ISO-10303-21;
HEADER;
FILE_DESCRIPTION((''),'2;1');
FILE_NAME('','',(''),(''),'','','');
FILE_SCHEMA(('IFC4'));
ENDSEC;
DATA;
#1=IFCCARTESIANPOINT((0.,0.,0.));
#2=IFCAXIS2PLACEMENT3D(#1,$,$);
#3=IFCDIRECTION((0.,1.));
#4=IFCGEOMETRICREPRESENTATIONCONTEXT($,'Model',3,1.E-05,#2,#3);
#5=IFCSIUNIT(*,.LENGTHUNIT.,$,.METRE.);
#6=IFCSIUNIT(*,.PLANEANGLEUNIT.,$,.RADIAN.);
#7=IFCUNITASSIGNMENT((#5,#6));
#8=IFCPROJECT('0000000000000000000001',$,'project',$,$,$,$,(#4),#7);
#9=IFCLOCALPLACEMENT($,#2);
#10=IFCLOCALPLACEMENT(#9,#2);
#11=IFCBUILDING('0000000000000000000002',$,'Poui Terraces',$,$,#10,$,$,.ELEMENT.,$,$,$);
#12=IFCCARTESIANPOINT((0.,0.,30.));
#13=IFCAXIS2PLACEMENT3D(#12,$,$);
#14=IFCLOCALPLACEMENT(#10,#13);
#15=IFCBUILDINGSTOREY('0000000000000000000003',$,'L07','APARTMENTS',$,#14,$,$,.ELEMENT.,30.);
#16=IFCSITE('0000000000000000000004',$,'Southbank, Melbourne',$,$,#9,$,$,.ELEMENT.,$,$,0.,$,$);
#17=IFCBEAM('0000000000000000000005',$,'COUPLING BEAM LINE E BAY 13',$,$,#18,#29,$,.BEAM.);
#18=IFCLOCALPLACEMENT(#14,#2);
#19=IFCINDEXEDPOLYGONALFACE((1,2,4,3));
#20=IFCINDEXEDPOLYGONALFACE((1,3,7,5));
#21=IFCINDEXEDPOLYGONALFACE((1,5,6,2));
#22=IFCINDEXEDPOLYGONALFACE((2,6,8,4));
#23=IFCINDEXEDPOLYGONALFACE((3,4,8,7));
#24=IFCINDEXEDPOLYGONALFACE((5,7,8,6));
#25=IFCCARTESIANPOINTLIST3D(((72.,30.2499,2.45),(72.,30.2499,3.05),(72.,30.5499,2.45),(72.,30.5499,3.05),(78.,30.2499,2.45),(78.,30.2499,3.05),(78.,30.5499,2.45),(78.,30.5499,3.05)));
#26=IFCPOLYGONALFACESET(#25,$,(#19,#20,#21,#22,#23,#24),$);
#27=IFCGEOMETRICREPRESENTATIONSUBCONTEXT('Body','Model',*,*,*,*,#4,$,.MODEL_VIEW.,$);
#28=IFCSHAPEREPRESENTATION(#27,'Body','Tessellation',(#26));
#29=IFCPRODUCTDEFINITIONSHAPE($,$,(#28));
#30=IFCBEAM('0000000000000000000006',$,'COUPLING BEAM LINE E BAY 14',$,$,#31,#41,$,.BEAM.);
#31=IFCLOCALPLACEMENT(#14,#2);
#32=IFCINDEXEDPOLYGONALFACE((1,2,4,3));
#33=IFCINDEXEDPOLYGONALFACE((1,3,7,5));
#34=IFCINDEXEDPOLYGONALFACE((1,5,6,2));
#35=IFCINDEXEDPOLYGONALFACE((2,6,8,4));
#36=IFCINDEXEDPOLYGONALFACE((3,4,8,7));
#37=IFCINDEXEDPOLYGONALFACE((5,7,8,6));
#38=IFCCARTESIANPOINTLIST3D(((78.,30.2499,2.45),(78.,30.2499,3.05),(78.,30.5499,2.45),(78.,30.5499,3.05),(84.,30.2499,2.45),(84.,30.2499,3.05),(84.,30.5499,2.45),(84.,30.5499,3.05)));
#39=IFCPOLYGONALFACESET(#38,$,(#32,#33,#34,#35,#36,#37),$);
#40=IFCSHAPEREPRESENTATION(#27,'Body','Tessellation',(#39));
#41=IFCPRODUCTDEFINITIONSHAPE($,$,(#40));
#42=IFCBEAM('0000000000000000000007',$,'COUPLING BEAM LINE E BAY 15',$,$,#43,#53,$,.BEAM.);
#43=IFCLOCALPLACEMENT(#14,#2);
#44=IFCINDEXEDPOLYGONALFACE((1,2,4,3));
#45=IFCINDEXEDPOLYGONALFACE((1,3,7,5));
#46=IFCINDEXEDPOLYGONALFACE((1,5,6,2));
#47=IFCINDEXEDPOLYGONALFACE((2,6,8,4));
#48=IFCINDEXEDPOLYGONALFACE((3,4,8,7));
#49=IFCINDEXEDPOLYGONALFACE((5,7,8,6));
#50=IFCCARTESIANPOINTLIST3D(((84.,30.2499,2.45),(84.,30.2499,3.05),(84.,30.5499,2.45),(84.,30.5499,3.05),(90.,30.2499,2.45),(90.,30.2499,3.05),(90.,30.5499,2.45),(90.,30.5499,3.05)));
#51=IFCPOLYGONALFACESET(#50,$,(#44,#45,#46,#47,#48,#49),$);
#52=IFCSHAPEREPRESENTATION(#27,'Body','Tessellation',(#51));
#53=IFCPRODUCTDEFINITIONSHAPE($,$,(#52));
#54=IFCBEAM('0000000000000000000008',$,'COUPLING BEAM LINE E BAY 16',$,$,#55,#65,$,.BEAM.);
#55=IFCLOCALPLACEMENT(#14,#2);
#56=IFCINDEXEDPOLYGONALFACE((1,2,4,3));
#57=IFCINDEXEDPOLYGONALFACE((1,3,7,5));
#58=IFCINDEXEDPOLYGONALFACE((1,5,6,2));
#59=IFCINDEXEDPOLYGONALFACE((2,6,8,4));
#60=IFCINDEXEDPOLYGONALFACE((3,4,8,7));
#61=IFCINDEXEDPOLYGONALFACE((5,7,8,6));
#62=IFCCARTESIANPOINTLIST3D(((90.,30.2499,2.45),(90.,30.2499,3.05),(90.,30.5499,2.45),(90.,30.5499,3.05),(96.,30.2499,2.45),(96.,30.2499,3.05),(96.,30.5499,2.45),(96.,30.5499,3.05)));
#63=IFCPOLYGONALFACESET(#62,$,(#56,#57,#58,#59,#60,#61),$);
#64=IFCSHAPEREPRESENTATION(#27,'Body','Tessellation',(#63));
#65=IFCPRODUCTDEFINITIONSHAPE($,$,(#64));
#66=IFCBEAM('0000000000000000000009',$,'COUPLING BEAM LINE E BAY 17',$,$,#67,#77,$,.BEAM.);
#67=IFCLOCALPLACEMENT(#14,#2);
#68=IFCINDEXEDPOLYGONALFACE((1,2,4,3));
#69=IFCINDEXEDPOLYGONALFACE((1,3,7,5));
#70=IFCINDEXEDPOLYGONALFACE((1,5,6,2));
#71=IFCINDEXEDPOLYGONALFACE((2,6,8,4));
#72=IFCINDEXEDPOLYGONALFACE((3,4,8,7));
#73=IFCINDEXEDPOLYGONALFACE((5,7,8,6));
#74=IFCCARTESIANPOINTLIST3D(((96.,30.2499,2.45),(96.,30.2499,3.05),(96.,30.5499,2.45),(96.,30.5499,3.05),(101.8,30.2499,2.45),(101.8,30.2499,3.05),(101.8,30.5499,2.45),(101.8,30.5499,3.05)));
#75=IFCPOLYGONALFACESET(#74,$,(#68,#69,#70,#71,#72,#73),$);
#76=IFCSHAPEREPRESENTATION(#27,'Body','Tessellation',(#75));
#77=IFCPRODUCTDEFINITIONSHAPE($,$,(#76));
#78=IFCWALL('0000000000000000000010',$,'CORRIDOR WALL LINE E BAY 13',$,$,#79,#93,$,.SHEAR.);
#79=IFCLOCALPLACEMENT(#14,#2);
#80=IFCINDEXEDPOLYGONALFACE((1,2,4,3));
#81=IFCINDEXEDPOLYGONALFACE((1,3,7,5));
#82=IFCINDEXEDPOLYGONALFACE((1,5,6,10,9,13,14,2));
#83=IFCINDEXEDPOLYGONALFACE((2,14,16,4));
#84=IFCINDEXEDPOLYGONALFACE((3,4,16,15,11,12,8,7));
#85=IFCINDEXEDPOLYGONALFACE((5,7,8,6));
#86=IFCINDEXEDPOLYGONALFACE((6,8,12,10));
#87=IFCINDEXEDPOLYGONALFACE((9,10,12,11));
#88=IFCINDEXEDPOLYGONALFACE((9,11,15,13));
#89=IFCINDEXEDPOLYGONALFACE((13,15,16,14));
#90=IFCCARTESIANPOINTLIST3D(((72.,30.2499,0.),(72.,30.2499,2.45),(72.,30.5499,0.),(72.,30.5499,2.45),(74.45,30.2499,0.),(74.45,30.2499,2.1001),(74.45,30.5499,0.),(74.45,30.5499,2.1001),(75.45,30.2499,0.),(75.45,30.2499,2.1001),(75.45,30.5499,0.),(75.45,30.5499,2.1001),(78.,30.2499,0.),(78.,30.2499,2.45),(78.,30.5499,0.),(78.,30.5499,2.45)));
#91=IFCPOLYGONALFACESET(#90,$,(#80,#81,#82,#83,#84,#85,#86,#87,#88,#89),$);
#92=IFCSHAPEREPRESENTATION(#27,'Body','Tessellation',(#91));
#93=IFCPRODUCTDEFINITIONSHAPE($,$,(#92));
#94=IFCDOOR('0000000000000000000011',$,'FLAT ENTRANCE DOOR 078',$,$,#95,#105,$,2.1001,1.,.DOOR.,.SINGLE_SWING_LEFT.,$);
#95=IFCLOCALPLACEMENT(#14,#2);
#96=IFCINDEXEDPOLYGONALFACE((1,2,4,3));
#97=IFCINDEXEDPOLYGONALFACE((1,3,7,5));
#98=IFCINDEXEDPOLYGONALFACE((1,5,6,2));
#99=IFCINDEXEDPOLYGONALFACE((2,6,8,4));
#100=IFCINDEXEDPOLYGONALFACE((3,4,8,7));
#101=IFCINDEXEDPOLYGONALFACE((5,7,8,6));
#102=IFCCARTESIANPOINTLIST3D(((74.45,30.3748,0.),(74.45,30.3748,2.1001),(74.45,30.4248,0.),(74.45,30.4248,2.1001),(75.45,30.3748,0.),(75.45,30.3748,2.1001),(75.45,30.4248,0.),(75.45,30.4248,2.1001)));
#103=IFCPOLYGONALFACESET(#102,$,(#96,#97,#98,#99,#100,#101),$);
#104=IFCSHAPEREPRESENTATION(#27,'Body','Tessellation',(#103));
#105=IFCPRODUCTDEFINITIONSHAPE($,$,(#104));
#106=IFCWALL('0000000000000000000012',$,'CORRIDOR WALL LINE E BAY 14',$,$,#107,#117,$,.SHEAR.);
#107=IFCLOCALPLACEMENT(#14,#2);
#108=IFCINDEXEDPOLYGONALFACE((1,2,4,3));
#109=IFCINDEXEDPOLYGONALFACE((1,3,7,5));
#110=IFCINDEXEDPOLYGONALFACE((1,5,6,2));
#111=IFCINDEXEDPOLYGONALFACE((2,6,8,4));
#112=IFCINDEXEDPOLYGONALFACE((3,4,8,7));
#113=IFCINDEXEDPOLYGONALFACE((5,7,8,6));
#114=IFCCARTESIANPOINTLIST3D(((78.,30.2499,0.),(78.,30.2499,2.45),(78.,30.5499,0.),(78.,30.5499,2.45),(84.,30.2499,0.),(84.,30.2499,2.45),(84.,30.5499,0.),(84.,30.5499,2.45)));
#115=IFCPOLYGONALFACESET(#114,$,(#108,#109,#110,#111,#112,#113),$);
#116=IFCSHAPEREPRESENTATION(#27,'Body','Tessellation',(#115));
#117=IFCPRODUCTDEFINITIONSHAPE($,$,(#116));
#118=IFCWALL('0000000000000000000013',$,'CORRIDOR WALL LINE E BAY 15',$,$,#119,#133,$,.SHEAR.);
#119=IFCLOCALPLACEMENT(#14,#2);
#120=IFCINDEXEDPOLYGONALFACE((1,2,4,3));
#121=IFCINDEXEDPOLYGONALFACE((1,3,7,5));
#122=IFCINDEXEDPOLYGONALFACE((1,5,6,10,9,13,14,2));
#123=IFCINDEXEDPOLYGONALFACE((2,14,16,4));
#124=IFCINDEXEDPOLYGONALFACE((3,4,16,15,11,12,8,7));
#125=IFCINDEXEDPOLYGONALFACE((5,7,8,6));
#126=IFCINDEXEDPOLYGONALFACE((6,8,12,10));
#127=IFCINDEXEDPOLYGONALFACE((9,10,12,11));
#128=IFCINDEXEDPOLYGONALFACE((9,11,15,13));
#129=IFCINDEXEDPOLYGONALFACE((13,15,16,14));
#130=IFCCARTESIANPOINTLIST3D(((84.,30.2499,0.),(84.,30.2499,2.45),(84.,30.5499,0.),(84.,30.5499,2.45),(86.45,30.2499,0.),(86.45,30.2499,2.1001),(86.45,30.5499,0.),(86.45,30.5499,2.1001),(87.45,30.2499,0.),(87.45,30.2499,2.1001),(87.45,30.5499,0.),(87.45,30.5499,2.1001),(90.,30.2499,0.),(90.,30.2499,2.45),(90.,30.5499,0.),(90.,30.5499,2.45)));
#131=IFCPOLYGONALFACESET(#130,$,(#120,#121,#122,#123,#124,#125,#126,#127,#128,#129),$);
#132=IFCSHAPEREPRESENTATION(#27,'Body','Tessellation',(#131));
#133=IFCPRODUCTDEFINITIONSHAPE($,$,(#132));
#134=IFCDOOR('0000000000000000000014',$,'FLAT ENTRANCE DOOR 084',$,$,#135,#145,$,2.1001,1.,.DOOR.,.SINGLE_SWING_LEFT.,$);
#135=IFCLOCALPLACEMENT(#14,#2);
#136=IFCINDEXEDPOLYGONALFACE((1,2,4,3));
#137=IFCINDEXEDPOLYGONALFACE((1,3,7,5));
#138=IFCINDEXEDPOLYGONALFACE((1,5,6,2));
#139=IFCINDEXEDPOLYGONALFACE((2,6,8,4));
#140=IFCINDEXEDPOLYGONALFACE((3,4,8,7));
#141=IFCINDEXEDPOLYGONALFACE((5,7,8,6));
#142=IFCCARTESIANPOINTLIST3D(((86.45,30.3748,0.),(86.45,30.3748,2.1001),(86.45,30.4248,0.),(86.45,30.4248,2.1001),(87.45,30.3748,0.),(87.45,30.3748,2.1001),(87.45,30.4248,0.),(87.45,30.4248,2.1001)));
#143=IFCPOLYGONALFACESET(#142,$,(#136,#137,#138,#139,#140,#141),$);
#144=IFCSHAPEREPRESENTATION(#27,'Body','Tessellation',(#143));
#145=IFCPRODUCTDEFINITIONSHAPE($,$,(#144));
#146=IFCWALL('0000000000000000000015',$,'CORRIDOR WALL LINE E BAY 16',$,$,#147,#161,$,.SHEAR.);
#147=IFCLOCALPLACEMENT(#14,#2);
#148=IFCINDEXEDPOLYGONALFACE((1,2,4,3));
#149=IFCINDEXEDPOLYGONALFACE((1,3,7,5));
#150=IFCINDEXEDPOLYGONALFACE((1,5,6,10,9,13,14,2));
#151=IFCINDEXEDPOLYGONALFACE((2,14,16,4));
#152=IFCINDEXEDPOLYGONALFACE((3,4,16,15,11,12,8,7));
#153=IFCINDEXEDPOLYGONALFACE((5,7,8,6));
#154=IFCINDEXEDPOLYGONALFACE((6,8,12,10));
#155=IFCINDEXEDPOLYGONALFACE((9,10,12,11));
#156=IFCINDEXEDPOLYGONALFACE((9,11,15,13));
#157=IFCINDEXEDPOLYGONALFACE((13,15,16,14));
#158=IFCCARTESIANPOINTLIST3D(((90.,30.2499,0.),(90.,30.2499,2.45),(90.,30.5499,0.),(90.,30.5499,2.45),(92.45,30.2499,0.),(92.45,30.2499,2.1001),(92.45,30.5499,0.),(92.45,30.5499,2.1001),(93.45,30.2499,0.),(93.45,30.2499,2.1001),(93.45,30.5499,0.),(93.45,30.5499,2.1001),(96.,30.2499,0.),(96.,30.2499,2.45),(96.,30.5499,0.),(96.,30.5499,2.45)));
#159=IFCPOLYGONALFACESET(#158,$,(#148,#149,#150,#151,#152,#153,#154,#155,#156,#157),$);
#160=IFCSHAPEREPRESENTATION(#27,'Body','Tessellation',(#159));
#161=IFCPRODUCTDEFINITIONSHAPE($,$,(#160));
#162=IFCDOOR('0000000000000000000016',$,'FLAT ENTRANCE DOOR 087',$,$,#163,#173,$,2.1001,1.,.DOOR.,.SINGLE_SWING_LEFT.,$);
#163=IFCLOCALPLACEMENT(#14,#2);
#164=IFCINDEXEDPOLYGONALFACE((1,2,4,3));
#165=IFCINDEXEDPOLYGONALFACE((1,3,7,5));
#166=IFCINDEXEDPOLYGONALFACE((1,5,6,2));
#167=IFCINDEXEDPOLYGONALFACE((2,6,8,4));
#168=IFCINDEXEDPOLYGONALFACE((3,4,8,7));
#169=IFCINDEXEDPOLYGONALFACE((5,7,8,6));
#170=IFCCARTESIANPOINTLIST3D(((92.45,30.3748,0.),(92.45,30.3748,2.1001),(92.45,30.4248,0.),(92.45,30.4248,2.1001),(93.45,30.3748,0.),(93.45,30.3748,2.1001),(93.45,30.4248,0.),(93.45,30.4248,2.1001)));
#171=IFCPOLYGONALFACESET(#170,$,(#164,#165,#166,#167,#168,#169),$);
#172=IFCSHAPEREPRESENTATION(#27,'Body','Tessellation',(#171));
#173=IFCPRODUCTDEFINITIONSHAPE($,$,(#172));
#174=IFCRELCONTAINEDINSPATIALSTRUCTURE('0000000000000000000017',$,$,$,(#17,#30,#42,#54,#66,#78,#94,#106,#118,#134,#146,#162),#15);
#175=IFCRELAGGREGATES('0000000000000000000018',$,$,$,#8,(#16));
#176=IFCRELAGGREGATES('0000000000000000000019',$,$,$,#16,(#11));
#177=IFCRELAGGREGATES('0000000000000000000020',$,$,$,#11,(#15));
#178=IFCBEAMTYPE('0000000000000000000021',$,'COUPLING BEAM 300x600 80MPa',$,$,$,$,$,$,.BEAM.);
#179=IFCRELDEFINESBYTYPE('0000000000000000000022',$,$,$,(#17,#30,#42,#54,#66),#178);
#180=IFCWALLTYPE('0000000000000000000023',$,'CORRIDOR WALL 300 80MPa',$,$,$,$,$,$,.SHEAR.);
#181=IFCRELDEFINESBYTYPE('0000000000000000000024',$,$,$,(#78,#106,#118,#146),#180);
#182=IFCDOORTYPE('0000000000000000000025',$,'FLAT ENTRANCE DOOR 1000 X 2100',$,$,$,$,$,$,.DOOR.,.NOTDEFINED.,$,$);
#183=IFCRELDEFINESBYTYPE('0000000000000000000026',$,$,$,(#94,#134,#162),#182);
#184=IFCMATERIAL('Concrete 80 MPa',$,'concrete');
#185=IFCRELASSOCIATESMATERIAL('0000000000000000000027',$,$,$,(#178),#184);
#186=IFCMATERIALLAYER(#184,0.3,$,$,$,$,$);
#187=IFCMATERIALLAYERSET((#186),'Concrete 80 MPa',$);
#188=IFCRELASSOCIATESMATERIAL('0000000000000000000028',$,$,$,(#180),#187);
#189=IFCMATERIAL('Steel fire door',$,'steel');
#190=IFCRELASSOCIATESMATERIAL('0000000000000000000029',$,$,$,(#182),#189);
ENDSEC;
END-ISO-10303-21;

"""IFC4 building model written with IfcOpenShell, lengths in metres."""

from ifc_helpers import new_model, si_unit, direction, frame, frame_2d, origin, origin_2d, place, context, subcontext, project, spatial, rectangle, extrude, source, transform, mapped, material, layer, layer_set, material_profile, profile_set, type_object, element, fill, save


model = new_model("IFC4")

# Units and contexts
model_context = context("Model", 3, precision=1e-05, world=origin(), true_north=direction((0.0, 1.0)))
body_context = subcontext(model_context, "Body", "Model", "MODEL_VIEW")
ifc_project = project(units=[si_unit("LENGTHUNIT", "METRE"), si_unit("PLANEANGLEUNIT", "RADIAN")], contexts=[model_context])

# Site, building, storey
site_placement = place(None, origin())
site = spatial("IfcSite", under=ifc_project, at=site_placement, Name="Southbank, Melbourne", CompositionType="ELEMENT", RefElevation=0.0)
building_placement = place(site_placement, origin())
building = spatial("IfcBuilding", under=site, at=building_placement, Name="Poui Terraces", CompositionType="ELEMENT")
storey_placement = place(building_placement, frame((0.0, 0.0, 30.0)))
storey = spatial("IfcBuildingStorey", under=building, at=storey_placement, Name="L07", Description="APARTMENTS", CompositionType="ELEMENT", Elevation=30.0)

# Beams
ifc_material_1 = material(Name="Concrete 80 MPa", Category="concrete")
ifc_material_profile = material_profile(ifc_material_1, rectangle(XDim=0.3, YDim=0.6001, at=origin_2d()), Name="RC 300x600")
ifc_profile_set = profile_set([ifc_material_profile], Name="Concrete 80 MPa")
beam_type = type_object("IfcBeamType", Name="COUPLING BEAM 300x600 80MPa", PredefinedType="BEAM", material=ifc_profile_set)
shared_shape_1 = source(origin(), body_context, "Body", "SweptSolid", [
    extrude(rectangle(XDim=0.3, YDim=0.6001, at=origin_2d()), origin(), (0.0, 0.0, 1.0), 6.0),
])
for number, where, z_axis, x_axis, name in (
    (1, (72.0, 30.3999, 2.75), (1.0, 0.0, 0.0), (0.0, 1.0, 0.0), "COUPLING BEAM LINE E BAY 13"),
    (2, (78.0, 30.3999, 2.75), (1.0, 0.0, 0.0), (0.0, 1.0, 0.0), "COUPLING BEAM LINE E BAY 14"),
    (3, (84.0, 30.3999, 2.75), (1.0, 0.0, 0.0), (0.0, 1.0, 0.0), "COUPLING BEAM LINE E BAY 15"),
    (4, (90.0, 30.3999, 2.75), (1.0, 0.0, 0.0), (0.0, 1.0, 0.0), "COUPLING BEAM LINE E BAY 16"),
):
    element("IfcBeam", number, at=place(storey_placement, frame(where, z_axis=z_axis, x_axis=x_axis)), inside=storey, type_object=beam_type, Name=name, PredefinedType="BEAM", context=body_context, shape_type="MappedRepresentation", body=[
        mapped(shared_shape_1, transform((0.0, 0.0, 0.0))),
    ])
shared_shape_2 = source(origin(), body_context, "Body", "SweptSolid", [
    extrude(rectangle(XDim=0.3, YDim=0.6001, at=origin_2d()), origin(), (0.0, 0.0, 1.0), 5.8),
])
beam_placement = place(storey_placement, frame((96.0, 30.3999, 2.75), z_axis=(1.0, 0.0, 0.0), x_axis=(0.0, 1.0, 0.0)))
element("IfcBeam", 5, at=beam_placement, inside=storey, type_object=beam_type, Name="COUPLING BEAM LINE E BAY 17", PredefinedType="BEAM", context=body_context, shape_type="MappedRepresentation", body=[
    mapped(shared_shape_2, transform((0.0, 0.0, 0.0))),
])

# Wall, opening, door
ifc_layer_1 = layer(ifc_material_1, 0.3)
ifc_layer_set_1 = layer_set([ifc_layer_1], Name="Concrete 80 MPa")
wall_type_1 = type_object("IfcWallType", Name="CORRIDOR WALL 300 80MPa", PredefinedType="SHEAR", material=ifc_layer_set_1)
wall_1_placement = place(storey_placement, frame((72.0, 30.3999, 0.0), z_axis=(0.0, 0.0, 1.0), x_axis=(1.0, 0.0, 0.0)))
wall_1 = element("IfcWall", 6, at=wall_1_placement, inside=storey, type_object=wall_type_1, Name="CORRIDOR WALL LINE E BAY 13", PredefinedType="SHEAR", context=body_context, shape_type="SweptSolid", body=[
    extrude(rectangle(XDim=6.0, YDim=0.3, at=frame_2d((3.0, 0.0))), origin(), (0.0, 0.0, 1.0), 2.45),
])
opening_1_placement = place(wall_1_placement, frame((2.45, 0.0, 0.0)))
opening_1 = element("IfcOpeningElement", 7, at=opening_1_placement, cuts=wall_1, PredefinedType="OPENING", context=body_context, shape_type="SweptSolid", body=[
    extrude(rectangle(XDim=1.0, YDim=2.1001, at=frame_2d((0.5, 1.05))), frame((0.0, 0.1602, 0.0), z_axis=(0.0, -1.0, 0.0), x_axis=(1.0, 0.0, 0.0)), (0.0, 0.0, 1.0), 0.3201),
])
ifc_material_2 = material(Name="Steel fire door", Category="steel")
door_type_1 = type_object("IfcDoorType", Name="FLAT ENTRANCE DOOR 1000 X 2100", OperationType="NOTDEFINED", PredefinedType="DOOR", material=ifc_material_2)
door_1_placement = place(opening_1_placement, origin())
door_1 = element("IfcDoor", 8, at=door_1_placement, inside=storey, type_object=door_type_1, Name="FLAT ENTRANCE DOOR 078", OperationType="SINGLE_SWING_LEFT", OverallHeight=2.1001, OverallWidth=1.0, PredefinedType="DOOR", context=body_context, shape_type="SweptSolid", body=[
    extrude(rectangle(XDim=1.0, YDim=2.1001, at=frame_2d((0.5, 1.05))), frame((0.0, 0.0249, 0.0), z_axis=(0.0, -1.0, 0.0), x_axis=(1.0, 0.0, 0.0)), (0.0, 0.0, 1.0), 0.05),
])
fill(opening_1, door_1)

# Wall
wall_2_placement = place(storey_placement, frame((78.0, 30.3999, 0.0), z_axis=(0.0, 0.0, 1.0), x_axis=(1.0, 0.0, 0.0)))
element("IfcWall", 9, at=wall_2_placement, inside=storey, type_object=wall_type_1, Name="CORRIDOR WALL LINE E BAY 14", PredefinedType="SHEAR", context=body_context, shape_type="SweptSolid", body=[
    extrude(rectangle(XDim=6.0, YDim=0.3, at=frame_2d((3.0, 0.0))), origin(), (0.0, 0.0, 1.0), 2.45),
])

# Walls, openings, doors
wall_3_placement = place(storey_placement, frame((84.0, 30.3999, 0.0), z_axis=(0.0, 0.0, 1.0), x_axis=(1.0, 0.0, 0.0)))
wall_3 = element("IfcWall", 10, at=wall_3_placement, inside=storey, type_object=wall_type_1, Name="CORRIDOR WALL LINE E BAY 15", PredefinedType="SHEAR", context=body_context, shape_type="SweptSolid", body=[
    extrude(rectangle(XDim=6.0, YDim=0.3, at=frame_2d((3.0, 0.0))), origin(), (0.0, 0.0, 1.0), 2.45),
])
opening_2_placement = place(wall_3_placement, frame((2.45, 0.0, 0.0)))
opening_2 = element("IfcOpeningElement", 11, at=opening_2_placement, cuts=wall_3, PredefinedType="OPENING", context=body_context, shape_type="SweptSolid", body=[
    extrude(rectangle(XDim=1.0, YDim=2.1001, at=frame_2d((0.5, 1.05))), frame((0.0, 0.1602, 0.0), z_axis=(0.0, -1.0, 0.0), x_axis=(1.0, 0.0, 0.0)), (0.0, 0.0, 1.0), 0.3201),
])
door_2_placement = place(opening_2_placement, origin())
door_2 = element("IfcDoor", 12, at=door_2_placement, inside=storey, type_object=door_type_1, Name="FLAT ENTRANCE DOOR 084", OperationType="SINGLE_SWING_LEFT", OverallHeight=2.1001, OverallWidth=1.0, PredefinedType="DOOR", context=body_context, shape_type="SweptSolid", body=[
    extrude(rectangle(XDim=1.0, YDim=2.1001, at=frame_2d((0.5, 1.05))), frame((0.0, 0.0249, 0.0), z_axis=(0.0, -1.0, 0.0), x_axis=(1.0, 0.0, 0.0)), (0.0, 0.0, 1.0), 0.05),
])
fill(opening_2, door_2)
wall_4_placement = place(storey_placement, frame((90.0, 30.3999, 0.0), z_axis=(0.0, 0.0, 1.0), x_axis=(1.0, 0.0, 0.0)))
wall_4 = element("IfcWall", 13, at=wall_4_placement, inside=storey, type_object=wall_type_1, Name="CORRIDOR WALL LINE E BAY 16", PredefinedType="SHEAR", context=body_context, shape_type="SweptSolid", body=[
    extrude(rectangle(XDim=6.0, YDim=0.3, at=frame_2d((3.0, 0.0))), origin(), (0.0, 0.0, 1.0), 2.45),
])
opening_3_placement = place(wall_4_placement, frame((2.45, 0.0, 0.0)))
opening_3 = element("IfcOpeningElement", 14, at=opening_3_placement, cuts=wall_4, PredefinedType="OPENING", context=body_context, shape_type="SweptSolid", body=[
    extrude(rectangle(XDim=1.0, YDim=2.1001, at=frame_2d((0.5, 1.05))), frame((0.0, 0.1602, 0.0), z_axis=(0.0, -1.0, 0.0), x_axis=(1.0, 0.0, 0.0)), (0.0, 0.0, 1.0), 0.3201),
])
door_3_placement = place(opening_3_placement, origin())
door_3 = element("IfcDoor", 15, at=door_3_placement, inside=storey, type_object=door_type_1, Name="FLAT ENTRANCE DOOR 087", OperationType="SINGLE_SWING_LEFT", OverallHeight=2.1001, OverallWidth=1.0, PredefinedType="DOOR", context=body_context, shape_type="SweptSolid", body=[
    extrude(rectangle(XDim=1.0, YDim=2.1001, at=frame_2d((0.5, 1.05))), frame((0.0, 0.0249, 0.0), z_axis=(0.0, -1.0, 0.0), x_axis=(1.0, 0.0, 0.0)), (0.0, 0.0, 1.0), 0.05),
])
fill(opening_3, door_3)

save(model, "model.ifc")
